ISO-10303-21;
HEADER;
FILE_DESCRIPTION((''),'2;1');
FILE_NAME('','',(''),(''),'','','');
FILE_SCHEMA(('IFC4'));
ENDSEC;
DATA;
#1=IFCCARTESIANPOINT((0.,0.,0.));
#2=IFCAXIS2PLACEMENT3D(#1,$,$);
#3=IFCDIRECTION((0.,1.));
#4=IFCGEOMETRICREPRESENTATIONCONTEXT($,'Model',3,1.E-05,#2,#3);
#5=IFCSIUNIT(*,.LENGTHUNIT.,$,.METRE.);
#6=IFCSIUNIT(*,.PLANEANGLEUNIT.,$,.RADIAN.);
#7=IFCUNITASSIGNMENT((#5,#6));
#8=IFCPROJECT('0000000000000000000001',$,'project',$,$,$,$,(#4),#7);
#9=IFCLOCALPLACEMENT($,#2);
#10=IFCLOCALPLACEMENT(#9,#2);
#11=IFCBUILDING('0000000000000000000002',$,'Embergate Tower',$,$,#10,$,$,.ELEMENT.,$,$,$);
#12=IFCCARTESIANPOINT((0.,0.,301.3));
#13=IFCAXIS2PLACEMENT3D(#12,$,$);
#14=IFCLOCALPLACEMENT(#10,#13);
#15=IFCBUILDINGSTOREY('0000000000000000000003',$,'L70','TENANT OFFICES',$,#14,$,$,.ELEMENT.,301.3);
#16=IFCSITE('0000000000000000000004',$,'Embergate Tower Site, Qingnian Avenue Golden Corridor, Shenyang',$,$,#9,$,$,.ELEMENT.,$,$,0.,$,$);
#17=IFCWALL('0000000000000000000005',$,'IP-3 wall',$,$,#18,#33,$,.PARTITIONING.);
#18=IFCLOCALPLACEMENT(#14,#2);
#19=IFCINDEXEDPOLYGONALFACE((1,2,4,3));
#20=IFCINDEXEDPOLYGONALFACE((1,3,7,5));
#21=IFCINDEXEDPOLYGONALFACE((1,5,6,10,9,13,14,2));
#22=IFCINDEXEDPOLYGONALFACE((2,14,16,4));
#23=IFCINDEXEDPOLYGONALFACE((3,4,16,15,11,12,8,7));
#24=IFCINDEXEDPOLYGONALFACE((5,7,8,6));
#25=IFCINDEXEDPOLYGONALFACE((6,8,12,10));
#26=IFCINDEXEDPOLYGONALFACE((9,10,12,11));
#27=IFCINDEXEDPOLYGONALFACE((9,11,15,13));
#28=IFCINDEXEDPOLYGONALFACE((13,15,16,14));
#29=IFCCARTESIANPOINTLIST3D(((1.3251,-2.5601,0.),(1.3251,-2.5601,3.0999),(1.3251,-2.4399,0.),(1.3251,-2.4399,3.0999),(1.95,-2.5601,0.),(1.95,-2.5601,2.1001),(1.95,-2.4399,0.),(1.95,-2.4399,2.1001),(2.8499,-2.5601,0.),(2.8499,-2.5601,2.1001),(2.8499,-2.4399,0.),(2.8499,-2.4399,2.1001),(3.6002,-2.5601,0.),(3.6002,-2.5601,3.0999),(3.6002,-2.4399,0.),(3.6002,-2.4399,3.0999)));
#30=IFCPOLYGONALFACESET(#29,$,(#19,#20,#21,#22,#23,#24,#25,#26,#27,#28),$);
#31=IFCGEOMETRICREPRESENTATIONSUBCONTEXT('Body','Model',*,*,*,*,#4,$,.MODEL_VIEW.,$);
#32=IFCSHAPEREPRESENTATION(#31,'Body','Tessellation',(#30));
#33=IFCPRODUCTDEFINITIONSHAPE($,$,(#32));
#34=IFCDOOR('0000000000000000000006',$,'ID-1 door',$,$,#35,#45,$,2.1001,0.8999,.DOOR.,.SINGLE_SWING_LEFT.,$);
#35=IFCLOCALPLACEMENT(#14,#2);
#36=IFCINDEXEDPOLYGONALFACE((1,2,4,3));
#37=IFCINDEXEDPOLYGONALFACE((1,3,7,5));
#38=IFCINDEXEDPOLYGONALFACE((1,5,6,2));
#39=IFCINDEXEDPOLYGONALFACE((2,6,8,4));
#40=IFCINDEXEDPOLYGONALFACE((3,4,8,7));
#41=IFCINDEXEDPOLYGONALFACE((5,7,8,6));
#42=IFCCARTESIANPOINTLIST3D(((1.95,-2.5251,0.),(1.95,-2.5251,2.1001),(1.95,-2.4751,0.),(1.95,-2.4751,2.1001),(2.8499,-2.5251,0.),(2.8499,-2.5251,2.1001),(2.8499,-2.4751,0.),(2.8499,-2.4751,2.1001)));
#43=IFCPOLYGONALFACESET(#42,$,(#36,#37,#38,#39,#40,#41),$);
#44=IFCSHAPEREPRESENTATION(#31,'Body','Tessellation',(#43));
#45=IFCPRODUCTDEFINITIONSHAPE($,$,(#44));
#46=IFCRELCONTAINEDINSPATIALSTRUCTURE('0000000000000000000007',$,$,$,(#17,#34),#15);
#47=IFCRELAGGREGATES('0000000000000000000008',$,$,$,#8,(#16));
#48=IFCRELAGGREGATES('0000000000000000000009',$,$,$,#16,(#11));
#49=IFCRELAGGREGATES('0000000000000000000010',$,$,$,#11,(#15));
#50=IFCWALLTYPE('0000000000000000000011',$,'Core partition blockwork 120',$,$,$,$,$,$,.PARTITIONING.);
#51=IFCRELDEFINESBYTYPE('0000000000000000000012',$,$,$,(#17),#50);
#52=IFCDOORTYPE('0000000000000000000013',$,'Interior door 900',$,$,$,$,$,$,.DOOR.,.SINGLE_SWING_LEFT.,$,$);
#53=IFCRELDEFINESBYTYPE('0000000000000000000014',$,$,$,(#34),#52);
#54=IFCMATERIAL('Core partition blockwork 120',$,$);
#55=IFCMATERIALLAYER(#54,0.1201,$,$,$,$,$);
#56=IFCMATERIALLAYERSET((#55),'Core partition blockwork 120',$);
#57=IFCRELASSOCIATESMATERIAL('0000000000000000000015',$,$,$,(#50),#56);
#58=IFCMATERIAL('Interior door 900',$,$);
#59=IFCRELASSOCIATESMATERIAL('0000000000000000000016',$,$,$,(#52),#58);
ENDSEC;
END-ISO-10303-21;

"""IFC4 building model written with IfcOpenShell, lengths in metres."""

from ifc_helpers import new_model, si_unit, direction, frame, frame_2d, origin, place, context, subcontext, project, spatial, rectangle, extrude, source, transform, mapped, material, layer, layer_set, type_object, element, fill, save


model = new_model("IFC4")

# Units and contexts
model_context = context("Model", 3, precision=1e-05, world=origin(), true_north=direction((0.0, 1.0)))
body_context = subcontext(model_context, "Body", "Model", "MODEL_VIEW")
ifc_project = project(units=[si_unit("LENGTHUNIT", "METRE"), si_unit("PLANEANGLEUNIT", "RADIAN")], contexts=[model_context])

# Site, building, storey
site_placement = place(None, origin())
site = spatial("IfcSite", under=ifc_project, at=site_placement, Name="Embergate Tower Site, Qingnian Avenue Golden Corridor, Shenyang", CompositionType="ELEMENT", RefElevation=0.0)
building_placement = place(site_placement, origin())
building = spatial("IfcBuilding", under=site, at=building_placement, Name="Embergate Tower", CompositionType="ELEMENT")
storey_placement = place(building_placement, frame((0.0, 0.0, 301.3)))
storey = spatial("IfcBuildingStorey", under=building, at=storey_placement, Name="L70", Description="TENANT OFFICES", CompositionType="ELEMENT", Elevation=301.3)

# Shared definitions
ifc_material_1 = material(Name="Core partition blockwork 120")
ifc_layer_1 = layer(ifc_material_1, 0.1201)
ifc_layer_set_1 = layer_set([ifc_layer_1], Name="Core partition blockwork 120")
wall_type_1 = type_object("IfcWallType", Name="Core partition blockwork 120", PredefinedType="PARTITIONING", material=ifc_layer_set_1)

# Shared definitions
shared_shape_1 = source(origin(), body_context, "Body", "SweptSolid", [
    extrude(rectangle(XDim=0.8999, YDim=2.1001, at=frame_2d((0.45, 1.05))), frame((0.0, 0.0701, 0.0), z_axis=(0.0, -1.0, 0.0), x_axis=(1.0, 0.0, 0.0)), (0.0, 0.0, 1.0), 0.1401),
])
ifc_material_2 = material(Name="Interior door 900")
door_type_1 = type_object("IfcDoorType", Name="Interior door 900", OperationType="SINGLE_SWING_LEFT", PredefinedType="DOOR", material=ifc_material_2)
shared_shape_2 = source(origin(), body_context, "Body", "SweptSolid", [
    extrude(rectangle(XDim=0.8999, YDim=2.1001, at=frame_2d((0.45, 1.05))), frame((0.0, 0.0249, 0.0), z_axis=(0.0, -1.0, 0.0), x_axis=(1.0, 0.0, 0.0)), (0.0, 0.0, 1.0), 0.05),
])

# Wall, opening, door
shared_shape_3 = source(origin(), body_context, "Body", "SweptSolid", [
    extrude(rectangle(XDim=2.2751, YDim=0.1201, at=frame_2d((1.1377, 0.0))), origin(), (0.0, 0.0, 1.0), 3.0999),
])
wall_1_placement = place(storey_placement, frame((1.325, -2.5, 0.0), z_axis=(0.0, 0.0, 1.0), x_axis=(1.0, 0.0, 0.0)))
wall_1 = element("IfcWall", 1, at=wall_1_placement, inside=storey, type_object=wall_type_1, Name="IP-3 wall", PredefinedType="PARTITIONING", context=body_context, shape_type="MappedRepresentation", body=[
    mapped(shared_shape_3, transform((0.0, 0.0, 0.0))),
])
opening_1_placement = place(wall_1_placement, frame((0.625, 0.0, 0.0)))
opening_1 = element("IfcOpeningElement", 2, at=opening_1_placement, cuts=wall_1, PredefinedType="OPENING", context=body_context, shape_type="MappedRepresentation", body=[
    mapped(shared_shape_1, transform((0.0, 0.0, 0.0))),
])
door_1_placement = place(opening_1_placement, origin())
door_1 = element("IfcDoor", 3, at=door_1_placement, inside=storey, type_object=door_type_1, Name="ID-1 door", OperationType="SINGLE_SWING_LEFT", OverallHeight=2.1001, OverallWidth=0.8999, PredefinedType="DOOR", context=body_context, shape_type="MappedRepresentation", body=[
    mapped(shared_shape_2, transform((0.0, 0.0, 0.0))),
])
fill(opening_1, door_1)

save(model, "model.ifc")
